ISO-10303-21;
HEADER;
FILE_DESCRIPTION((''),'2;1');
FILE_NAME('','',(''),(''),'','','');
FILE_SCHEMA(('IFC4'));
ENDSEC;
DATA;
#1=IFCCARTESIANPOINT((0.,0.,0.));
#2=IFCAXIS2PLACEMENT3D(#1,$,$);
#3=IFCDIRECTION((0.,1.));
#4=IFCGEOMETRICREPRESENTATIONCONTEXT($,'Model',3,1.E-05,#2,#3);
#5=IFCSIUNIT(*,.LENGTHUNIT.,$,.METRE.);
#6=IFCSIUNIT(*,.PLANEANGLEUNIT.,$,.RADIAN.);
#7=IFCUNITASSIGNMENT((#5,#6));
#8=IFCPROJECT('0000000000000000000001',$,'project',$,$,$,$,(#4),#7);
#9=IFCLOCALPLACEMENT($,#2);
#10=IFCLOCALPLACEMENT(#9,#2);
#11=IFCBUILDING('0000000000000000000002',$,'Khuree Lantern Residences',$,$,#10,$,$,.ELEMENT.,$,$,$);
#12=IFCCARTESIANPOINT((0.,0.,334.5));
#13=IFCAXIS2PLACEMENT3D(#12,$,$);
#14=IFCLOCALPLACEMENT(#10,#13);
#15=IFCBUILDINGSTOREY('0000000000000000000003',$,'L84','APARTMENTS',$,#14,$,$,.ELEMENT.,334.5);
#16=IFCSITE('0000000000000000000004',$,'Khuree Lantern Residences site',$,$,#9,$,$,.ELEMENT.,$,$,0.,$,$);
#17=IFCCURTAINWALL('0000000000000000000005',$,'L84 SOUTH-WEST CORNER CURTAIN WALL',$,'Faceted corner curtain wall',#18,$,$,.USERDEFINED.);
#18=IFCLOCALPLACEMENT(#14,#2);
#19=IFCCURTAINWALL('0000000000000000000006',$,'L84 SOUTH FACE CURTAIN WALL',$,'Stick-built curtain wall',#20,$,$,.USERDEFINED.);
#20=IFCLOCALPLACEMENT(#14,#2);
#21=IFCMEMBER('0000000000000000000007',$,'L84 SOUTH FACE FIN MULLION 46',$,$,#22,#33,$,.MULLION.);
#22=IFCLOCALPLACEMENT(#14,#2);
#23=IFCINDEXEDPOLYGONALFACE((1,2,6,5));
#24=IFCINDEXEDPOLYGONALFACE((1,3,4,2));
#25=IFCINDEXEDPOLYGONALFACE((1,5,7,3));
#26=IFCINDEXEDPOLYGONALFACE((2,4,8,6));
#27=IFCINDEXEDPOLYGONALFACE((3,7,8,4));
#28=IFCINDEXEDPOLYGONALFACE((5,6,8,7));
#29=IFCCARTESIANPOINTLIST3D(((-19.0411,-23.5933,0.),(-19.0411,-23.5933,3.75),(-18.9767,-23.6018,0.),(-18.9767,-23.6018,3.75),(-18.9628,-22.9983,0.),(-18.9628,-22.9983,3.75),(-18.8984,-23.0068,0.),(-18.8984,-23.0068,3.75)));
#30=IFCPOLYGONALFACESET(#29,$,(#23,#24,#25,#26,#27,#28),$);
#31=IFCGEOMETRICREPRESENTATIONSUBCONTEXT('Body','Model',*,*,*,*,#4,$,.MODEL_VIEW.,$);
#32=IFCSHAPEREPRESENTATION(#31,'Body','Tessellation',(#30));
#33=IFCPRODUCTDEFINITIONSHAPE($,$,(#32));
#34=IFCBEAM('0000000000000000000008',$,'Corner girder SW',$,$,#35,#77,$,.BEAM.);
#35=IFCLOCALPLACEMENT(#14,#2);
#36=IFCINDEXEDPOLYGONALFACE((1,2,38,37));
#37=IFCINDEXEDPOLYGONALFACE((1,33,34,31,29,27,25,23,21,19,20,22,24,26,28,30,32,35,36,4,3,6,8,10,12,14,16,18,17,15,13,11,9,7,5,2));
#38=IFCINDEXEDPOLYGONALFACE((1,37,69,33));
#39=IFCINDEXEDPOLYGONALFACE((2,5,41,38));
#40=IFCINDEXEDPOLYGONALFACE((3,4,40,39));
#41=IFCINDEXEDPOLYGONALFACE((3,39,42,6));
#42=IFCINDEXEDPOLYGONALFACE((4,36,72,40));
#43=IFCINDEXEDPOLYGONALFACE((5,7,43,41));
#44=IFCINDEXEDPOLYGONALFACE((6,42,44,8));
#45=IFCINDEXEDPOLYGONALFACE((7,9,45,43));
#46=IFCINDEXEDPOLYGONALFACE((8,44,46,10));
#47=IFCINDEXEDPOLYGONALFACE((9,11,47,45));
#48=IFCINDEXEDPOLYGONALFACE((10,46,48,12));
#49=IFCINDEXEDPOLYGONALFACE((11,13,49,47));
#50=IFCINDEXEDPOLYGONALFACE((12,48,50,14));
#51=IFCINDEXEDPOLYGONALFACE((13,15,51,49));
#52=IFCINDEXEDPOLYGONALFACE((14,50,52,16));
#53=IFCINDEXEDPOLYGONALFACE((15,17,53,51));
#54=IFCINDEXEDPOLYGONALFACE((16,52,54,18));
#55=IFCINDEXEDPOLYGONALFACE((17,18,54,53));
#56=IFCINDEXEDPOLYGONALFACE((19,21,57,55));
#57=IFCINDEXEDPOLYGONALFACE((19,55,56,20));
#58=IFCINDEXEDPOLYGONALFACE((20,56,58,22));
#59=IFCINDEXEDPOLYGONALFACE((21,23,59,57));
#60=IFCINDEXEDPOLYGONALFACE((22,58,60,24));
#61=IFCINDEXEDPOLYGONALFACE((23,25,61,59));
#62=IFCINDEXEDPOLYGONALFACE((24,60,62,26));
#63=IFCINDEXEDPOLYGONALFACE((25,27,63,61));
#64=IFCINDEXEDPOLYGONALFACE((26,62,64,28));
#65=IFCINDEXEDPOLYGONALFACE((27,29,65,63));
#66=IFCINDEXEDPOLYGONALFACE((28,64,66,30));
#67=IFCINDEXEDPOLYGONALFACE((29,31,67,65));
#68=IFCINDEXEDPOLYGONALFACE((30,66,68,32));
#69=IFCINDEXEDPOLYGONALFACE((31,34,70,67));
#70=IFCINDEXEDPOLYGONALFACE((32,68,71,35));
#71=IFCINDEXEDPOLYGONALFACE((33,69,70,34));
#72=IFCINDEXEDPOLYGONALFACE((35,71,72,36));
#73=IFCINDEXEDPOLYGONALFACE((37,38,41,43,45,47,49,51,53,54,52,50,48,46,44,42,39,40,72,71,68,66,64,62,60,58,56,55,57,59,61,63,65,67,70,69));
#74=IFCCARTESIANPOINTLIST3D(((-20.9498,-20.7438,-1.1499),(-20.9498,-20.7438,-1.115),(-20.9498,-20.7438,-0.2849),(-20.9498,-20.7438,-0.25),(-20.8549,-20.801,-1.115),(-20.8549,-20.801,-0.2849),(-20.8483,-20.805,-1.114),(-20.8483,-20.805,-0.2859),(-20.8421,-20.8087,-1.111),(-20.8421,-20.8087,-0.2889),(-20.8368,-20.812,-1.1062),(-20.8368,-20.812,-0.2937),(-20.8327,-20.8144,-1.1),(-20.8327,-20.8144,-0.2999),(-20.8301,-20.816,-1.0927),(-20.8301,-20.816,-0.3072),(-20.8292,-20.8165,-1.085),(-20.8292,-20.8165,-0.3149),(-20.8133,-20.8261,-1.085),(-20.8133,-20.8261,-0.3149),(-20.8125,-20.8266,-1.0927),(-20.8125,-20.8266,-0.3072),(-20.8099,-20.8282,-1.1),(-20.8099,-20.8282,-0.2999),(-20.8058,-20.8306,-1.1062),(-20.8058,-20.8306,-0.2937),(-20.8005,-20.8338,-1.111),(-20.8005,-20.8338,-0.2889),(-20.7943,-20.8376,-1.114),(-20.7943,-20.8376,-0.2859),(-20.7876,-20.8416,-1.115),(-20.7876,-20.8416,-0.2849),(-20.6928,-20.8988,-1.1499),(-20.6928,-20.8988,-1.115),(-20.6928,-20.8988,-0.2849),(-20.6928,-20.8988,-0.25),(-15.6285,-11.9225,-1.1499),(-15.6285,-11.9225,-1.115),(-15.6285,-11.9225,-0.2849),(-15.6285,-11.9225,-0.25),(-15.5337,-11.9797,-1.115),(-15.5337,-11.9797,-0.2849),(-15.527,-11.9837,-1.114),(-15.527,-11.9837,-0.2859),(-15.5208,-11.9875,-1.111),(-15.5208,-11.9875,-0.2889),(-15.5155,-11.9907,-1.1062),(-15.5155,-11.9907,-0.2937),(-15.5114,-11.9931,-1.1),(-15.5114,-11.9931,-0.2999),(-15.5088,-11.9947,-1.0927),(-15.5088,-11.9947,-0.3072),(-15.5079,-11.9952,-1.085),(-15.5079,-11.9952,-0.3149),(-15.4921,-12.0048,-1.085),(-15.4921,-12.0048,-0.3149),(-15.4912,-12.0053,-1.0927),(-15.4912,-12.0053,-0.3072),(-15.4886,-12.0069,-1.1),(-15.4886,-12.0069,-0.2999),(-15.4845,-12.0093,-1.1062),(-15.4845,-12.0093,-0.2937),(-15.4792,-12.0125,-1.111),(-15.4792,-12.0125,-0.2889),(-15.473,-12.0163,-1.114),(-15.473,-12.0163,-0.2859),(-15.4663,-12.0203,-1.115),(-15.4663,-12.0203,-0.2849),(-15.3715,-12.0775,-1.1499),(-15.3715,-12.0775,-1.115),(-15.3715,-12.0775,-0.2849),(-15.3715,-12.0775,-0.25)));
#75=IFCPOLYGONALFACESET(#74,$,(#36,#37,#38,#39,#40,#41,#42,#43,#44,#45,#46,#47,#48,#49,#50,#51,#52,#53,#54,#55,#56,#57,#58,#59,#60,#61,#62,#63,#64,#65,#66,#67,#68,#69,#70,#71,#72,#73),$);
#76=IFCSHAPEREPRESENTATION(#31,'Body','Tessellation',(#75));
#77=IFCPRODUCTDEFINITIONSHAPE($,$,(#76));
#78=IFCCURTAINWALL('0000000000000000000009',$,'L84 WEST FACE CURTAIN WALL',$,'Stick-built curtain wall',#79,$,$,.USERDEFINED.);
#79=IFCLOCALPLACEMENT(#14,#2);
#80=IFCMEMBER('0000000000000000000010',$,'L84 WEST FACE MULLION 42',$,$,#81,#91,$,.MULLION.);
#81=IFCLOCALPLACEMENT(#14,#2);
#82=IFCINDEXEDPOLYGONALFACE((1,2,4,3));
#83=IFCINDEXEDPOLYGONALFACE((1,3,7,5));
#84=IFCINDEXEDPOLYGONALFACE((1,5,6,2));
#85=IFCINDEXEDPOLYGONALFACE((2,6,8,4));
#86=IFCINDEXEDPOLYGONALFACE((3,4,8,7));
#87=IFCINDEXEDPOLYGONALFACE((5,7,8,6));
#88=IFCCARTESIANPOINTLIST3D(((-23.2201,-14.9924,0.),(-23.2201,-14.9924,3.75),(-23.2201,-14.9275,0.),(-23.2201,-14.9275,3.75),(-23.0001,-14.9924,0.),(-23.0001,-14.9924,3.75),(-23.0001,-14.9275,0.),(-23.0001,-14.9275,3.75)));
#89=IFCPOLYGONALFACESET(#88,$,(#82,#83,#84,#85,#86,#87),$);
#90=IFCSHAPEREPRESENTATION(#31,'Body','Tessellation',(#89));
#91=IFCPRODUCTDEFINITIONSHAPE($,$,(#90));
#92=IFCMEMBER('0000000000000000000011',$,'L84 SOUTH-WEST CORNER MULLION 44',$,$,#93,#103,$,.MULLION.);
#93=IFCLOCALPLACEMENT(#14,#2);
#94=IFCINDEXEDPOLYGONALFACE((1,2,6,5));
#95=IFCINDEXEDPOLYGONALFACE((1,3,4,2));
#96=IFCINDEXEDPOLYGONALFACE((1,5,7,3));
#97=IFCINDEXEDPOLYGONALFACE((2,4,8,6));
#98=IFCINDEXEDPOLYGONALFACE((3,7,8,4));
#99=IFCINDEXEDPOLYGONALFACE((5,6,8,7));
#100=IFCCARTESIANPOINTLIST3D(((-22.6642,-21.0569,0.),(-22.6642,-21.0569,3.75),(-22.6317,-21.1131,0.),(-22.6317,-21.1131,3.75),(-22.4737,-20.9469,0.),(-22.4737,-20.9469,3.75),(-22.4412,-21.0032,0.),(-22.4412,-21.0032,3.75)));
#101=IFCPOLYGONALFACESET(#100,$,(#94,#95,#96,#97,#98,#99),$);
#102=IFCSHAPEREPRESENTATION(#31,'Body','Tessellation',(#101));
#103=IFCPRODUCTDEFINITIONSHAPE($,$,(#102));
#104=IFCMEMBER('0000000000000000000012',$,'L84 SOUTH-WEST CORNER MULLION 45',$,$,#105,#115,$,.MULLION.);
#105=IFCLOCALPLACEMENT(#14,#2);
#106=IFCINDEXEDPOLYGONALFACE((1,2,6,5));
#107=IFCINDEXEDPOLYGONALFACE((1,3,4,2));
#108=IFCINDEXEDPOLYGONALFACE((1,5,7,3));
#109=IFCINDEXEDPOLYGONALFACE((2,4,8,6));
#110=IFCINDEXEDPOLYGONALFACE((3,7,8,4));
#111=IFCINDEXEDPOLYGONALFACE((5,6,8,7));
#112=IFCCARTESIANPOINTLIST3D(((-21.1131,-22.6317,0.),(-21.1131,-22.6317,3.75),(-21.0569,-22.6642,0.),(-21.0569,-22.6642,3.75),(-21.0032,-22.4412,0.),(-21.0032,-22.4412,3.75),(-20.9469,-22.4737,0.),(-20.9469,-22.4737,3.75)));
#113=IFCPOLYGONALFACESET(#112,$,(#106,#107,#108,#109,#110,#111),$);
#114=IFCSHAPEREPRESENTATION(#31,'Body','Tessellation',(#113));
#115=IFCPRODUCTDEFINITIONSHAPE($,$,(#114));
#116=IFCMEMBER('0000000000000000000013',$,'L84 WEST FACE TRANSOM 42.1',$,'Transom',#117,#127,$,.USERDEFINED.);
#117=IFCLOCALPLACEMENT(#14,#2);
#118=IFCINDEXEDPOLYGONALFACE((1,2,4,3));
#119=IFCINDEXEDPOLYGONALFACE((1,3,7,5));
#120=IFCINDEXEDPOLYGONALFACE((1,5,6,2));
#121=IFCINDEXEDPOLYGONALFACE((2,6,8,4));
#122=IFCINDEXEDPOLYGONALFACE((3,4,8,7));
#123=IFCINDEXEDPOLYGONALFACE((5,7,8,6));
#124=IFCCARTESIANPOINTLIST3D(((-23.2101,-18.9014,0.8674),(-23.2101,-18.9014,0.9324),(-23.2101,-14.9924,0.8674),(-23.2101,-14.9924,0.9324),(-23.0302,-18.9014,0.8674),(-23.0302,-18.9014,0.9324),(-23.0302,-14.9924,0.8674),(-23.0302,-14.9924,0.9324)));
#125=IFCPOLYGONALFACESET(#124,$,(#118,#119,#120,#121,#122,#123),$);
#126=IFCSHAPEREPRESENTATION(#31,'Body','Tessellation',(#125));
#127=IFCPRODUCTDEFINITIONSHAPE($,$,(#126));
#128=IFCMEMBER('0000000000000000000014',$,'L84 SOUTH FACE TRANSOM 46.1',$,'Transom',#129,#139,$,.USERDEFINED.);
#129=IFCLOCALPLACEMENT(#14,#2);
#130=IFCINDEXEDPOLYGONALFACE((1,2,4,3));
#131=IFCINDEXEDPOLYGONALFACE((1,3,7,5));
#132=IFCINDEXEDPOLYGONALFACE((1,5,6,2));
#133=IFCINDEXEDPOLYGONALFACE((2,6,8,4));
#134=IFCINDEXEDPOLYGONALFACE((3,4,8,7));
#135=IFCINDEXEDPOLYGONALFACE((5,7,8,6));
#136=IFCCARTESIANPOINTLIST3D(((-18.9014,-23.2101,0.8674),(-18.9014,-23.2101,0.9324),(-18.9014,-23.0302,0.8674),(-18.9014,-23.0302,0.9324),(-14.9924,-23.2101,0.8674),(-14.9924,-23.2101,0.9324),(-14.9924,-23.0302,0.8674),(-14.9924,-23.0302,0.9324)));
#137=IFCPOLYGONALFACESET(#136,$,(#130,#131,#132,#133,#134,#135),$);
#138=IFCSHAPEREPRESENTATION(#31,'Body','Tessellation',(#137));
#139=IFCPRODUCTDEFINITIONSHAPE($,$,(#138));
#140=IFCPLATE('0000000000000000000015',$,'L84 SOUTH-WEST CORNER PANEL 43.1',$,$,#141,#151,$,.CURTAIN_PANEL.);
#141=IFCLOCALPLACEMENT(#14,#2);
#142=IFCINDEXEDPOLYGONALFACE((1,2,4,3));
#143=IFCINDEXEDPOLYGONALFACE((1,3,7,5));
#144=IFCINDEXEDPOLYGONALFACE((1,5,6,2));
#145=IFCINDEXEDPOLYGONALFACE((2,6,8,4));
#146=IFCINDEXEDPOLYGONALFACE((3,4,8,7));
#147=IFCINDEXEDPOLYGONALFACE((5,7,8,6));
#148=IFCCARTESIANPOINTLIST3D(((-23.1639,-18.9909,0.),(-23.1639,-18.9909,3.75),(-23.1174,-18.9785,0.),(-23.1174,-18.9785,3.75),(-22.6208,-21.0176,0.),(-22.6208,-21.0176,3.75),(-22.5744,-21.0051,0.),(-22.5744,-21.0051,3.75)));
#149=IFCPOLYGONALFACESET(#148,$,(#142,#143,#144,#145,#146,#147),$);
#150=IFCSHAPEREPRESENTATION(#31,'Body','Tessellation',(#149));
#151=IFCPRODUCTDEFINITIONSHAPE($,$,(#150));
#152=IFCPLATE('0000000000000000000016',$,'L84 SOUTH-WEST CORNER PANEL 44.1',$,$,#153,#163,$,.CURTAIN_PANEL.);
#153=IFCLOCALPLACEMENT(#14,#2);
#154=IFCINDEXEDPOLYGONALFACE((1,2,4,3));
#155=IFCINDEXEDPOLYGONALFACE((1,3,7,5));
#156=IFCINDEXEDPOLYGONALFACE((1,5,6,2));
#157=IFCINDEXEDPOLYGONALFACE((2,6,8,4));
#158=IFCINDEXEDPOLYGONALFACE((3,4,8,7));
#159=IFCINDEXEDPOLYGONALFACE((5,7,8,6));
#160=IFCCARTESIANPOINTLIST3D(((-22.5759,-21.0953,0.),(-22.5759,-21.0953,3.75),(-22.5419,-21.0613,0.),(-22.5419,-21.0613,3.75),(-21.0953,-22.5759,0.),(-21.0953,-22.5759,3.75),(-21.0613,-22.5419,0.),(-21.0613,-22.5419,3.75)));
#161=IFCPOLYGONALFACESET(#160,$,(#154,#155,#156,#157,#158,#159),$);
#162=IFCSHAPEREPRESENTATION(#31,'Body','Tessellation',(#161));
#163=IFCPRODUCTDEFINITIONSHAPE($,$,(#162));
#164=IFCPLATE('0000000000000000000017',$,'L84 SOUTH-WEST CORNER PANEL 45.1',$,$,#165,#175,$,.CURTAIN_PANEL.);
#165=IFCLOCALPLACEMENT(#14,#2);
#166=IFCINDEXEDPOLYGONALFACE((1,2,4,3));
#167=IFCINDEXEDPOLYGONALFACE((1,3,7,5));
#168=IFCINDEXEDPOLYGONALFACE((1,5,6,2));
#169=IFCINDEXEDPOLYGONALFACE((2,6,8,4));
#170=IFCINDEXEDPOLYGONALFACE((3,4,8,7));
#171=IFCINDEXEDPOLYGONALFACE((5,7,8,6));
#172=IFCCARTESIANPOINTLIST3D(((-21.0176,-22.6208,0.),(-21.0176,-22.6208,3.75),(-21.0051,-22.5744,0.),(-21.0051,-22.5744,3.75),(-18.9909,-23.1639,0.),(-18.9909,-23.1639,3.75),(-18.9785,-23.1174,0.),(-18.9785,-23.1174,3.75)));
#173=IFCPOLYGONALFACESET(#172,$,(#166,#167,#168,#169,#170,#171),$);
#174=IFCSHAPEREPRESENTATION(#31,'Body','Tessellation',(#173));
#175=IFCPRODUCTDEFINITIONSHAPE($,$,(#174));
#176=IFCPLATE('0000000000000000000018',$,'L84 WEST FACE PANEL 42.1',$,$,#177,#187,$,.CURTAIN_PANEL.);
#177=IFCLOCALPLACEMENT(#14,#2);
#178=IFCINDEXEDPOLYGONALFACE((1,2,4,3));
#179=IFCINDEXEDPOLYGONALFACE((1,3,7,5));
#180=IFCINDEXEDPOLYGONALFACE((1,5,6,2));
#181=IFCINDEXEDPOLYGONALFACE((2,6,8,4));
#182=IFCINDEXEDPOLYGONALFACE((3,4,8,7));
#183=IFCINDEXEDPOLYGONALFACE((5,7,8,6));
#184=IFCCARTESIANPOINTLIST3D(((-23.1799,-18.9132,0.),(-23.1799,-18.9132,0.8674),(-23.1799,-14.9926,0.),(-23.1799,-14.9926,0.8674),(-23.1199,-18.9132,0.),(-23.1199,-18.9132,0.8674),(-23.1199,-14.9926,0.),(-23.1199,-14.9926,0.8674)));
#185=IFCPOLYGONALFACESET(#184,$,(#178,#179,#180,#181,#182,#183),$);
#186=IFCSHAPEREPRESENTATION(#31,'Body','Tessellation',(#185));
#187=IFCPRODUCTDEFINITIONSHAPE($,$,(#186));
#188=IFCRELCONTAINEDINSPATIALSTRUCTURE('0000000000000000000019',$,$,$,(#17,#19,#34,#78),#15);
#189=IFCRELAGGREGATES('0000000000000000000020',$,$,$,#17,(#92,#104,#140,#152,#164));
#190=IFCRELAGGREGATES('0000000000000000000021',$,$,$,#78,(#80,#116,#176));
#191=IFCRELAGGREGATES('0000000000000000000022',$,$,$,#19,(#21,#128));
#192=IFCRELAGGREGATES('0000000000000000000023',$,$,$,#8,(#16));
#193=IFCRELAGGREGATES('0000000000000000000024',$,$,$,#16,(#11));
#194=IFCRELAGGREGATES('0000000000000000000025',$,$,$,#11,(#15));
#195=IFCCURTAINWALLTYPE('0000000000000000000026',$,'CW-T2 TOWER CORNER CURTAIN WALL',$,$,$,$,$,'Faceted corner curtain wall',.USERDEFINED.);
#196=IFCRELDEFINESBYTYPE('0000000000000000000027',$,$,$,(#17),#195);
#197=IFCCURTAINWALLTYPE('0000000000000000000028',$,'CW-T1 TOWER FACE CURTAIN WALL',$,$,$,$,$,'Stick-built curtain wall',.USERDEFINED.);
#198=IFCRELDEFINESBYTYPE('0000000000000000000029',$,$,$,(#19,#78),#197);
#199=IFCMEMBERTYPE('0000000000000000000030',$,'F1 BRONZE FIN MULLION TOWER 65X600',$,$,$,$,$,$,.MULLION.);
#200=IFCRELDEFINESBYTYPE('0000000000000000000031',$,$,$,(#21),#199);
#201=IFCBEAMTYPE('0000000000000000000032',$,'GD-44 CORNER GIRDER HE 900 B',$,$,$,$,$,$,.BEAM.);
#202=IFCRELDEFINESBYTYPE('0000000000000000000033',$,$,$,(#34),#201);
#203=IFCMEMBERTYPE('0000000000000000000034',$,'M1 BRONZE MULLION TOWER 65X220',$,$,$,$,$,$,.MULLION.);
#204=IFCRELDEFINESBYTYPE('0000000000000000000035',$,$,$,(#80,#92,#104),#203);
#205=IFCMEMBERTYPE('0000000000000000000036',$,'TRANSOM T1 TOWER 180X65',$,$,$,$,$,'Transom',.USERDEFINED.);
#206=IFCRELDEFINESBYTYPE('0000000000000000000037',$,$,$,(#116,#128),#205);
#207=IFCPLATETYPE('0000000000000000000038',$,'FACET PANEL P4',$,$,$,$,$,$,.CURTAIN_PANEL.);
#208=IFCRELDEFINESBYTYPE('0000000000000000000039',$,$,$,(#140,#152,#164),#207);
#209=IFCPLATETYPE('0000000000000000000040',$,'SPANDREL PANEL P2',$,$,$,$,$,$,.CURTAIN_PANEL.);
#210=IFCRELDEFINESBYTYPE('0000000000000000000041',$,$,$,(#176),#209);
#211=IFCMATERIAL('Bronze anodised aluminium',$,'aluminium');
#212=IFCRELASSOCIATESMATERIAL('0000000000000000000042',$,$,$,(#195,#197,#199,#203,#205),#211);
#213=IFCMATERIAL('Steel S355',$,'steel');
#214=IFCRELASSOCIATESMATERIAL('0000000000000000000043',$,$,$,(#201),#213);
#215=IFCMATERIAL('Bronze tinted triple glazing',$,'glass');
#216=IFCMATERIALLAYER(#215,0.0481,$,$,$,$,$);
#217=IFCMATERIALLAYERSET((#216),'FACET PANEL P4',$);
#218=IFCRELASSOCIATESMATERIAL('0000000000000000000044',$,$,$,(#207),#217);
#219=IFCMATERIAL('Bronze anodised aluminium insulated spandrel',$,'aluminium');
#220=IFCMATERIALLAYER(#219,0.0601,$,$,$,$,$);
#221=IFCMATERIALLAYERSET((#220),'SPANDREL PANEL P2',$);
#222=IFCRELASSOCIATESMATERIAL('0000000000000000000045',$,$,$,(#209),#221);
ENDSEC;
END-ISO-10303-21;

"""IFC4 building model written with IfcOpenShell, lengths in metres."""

from ifc_helpers import new_model, si_unit, direction, frame, origin, origin_2d, place, context, subcontext, project, spatial, rectangle, i_section, extrude, material, layer, layer_set, material_profile, profile_set, type_object, element, aggregate, save


model = new_model("IFC4")

# Units and contexts
model_context = context("Model", 3, precision=1e-05, world=origin(), true_north=direction((0.0, 1.0)))
body_context = subcontext(model_context, "Body", "Model", "MODEL_VIEW")
ifc_project = project(units=[si_unit("LENGTHUNIT", "METRE"), si_unit("PLANEANGLEUNIT", "RADIAN")], contexts=[model_context])

# Site, building, storey
site_placement = place(None, origin())
site = spatial("IfcSite", under=ifc_project, at=site_placement, Name="Khuree Lantern Residences site", CompositionType="ELEMENT", RefElevation=0.0)
building_placement = place(site_placement, origin())
building = spatial("IfcBuilding", under=site, at=building_placement, Name="Khuree Lantern Residences", CompositionType="ELEMENT")
storey_placement = place(building_placement, frame((0.0, 0.0, 334.5)))
storey = spatial("IfcBuildingStorey", under=building, at=storey_placement, Name="L84", Description="APARTMENTS", CompositionType="ELEMENT", Elevation=334.5)

# Shared definitions
ifc_material_1 = material(Name="Steel S355", Category="steel")

# Curtain walls, member
ifc_material_2 = material(Name="Bronze anodised aluminium", Category="aluminium")
curtain_wall_type_1 = type_object("IfcCurtainWallType", Name="CW-T2 TOWER CORNER CURTAIN WALL", ElementType="Faceted corner curtain wall", PredefinedType="USERDEFINED", material=ifc_material_2)
curtain_wall_1_placement = place(storey_placement, origin())
curtain_wall_1 = element("IfcCurtainWall", 1, at=curtain_wall_1_placement, inside=storey, type_object=curtain_wall_type_1, Name="L84 SOUTH-WEST CORNER CURTAIN WALL", ObjectType="Faceted corner curtain wall", PredefinedType="USERDEFINED")
ifc_material_profile_1 = material_profile(ifc_material_2, rectangle(XDim=0.0649, YDim=0.6001, at=origin_2d()), Name="F1 65X600")
ifc_profile_set_1 = profile_set([ifc_material_profile_1], Name="Bronze anodised aluminium")
member_type_1 = type_object("IfcMemberType", Name="F1 BRONZE FIN MULLION TOWER 65X600", PredefinedType="MULLION", material=ifc_profile_set_1)
curtain_wall_type_2 = type_object("IfcCurtainWallType", Name="CW-T1 TOWER FACE CURTAIN WALL", ElementType="Stick-built curtain wall", PredefinedType="USERDEFINED", material=ifc_material_2)
curtain_wall_2_placement = place(storey_placement, origin())
curtain_wall_2 = element("IfcCurtainWall", 2, at=curtain_wall_2_placement, inside=storey, type_object=curtain_wall_type_2, Name="L84 SOUTH FACE CURTAIN WALL", ObjectType="Stick-built curtain wall", PredefinedType="USERDEFINED")
member_1_placement = place(storey_placement, frame((-18.9697, -23.3, 0.0), z_axis=(0.0, 0.0, 1.0), x_axis=(0.991445, -0.130526, 0.0)))
member_1 = element("IfcMember", 3, at=member_1_placement, type_object=member_type_1, Name="L84 SOUTH FACE FIN MULLION 46", PredefinedType="MULLION", context=body_context, shape_type="SweptSolid", body=[
    extrude(rectangle(XDim=0.0649, YDim=0.6001, at=origin_2d()), origin(), (0.0, 0.0, 1.0), 3.75),
])

# Beam
ifc_material_profile_2 = material_profile(ifc_material_1, i_section(OverallWidth=0.3, OverallDepth=0.8999, WebThickness=0.0186, FlangeThickness=0.0349, FilletRadius=0.03, at=origin_2d()), Name="HE 900 B")
ifc_profile_set_2 = profile_set([ifc_material_profile_2], Name="Steel S355")
beam_type_1 = type_object("IfcBeamType", Name="GD-44 CORNER GIRDER HE 900 B", PredefinedType="BEAM", material=ifc_profile_set_2)
beam_1_placement = place(storey_placement, frame((-20.8213, -20.8213, -0.7), z_axis=(0.51653, 0.856269, 0.0), x_axis=(-0.856269, 0.51653, 0.0)))
element("IfcBeam", 4, at=beam_1_placement, inside=storey, type_object=beam_type_1, Name="Corner girder SW", PredefinedType="BEAM", context=body_context, shape_type="SweptSolid", body=[
    extrude(i_section(OverallWidth=0.3, OverallDepth=0.8999, WebThickness=0.0186, FlangeThickness=0.0349, FilletRadius=0.03, at=origin_2d()), origin(), (0.0, 0.0, 1.0), 10.302),
])

# Curtain wall, member
curtain_wall_3_placement = place(storey_placement, origin())
curtain_wall_3 = element("IfcCurtainWall", 5, at=curtain_wall_3_placement, inside=storey, type_object=curtain_wall_type_2, Name="L84 WEST FACE CURTAIN WALL", ObjectType="Stick-built curtain wall", PredefinedType="USERDEFINED")
ifc_material_profile_3 = material_profile(ifc_material_2, rectangle(XDim=0.0649, YDim=0.22, at=origin_2d()), Name="M1 65X220")
ifc_profile_set_3 = profile_set([ifc_material_profile_3], Name="Bronze anodised aluminium")
member_type_2 = type_object("IfcMemberType", Name="M1 BRONZE MULLION TOWER 65X220", PredefinedType="MULLION", material=ifc_profile_set_3)
member_2_placement = place(storey_placement, frame((-23.1101, -14.96, 0.0), z_axis=(0.0, 0.0, 1.0), x_axis=(0.0, -1.0, 0.0)))
member_2 = element("IfcMember", 6, at=member_2_placement, type_object=member_type_2, Name="L84 WEST FACE MULLION 42", PredefinedType="MULLION", context=body_context, shape_type="SweptSolid", body=[
    extrude(rectangle(XDim=0.0649, YDim=0.22, at=origin_2d()), origin(), (0.0, 0.0, 1.0), 3.75),
])

# Members
member_3_placement = place(storey_placement, frame((-22.5527, -21.03, 0.0), z_axis=(0.0, 0.0, 1.0), x_axis=(0.5, -0.866025, 0.0)))
member_3 = element("IfcMember", 7, at=member_3_placement, type_object=member_type_2, Name="L84 SOUTH-WEST CORNER MULLION 44", PredefinedType="MULLION", context=body_context, shape_type="SweptSolid", body=[
    extrude(rectangle(XDim=0.0649, YDim=0.22, at=origin_2d()), origin(), (0.0, 0.0, 1.0), 3.75),
])
member_4_placement = place(storey_placement, frame((-21.03, -22.5527, 0.0), z_axis=(0.0, 0.0, 1.0), x_axis=(0.866025, -0.5, 0.0)))
member_4 = element("IfcMember", 8, at=member_4_placement, type_object=member_type_2, Name="L84 SOUTH-WEST CORNER MULLION 45", PredefinedType="MULLION", context=body_context, shape_type="SweptSolid", body=[
    extrude(rectangle(XDim=0.0649, YDim=0.22, at=origin_2d()), origin(), (0.0, 0.0, 1.0), 3.75),
])
ifc_material_profile_4 = material_profile(ifc_material_2, rectangle(XDim=0.1799, YDim=0.0649, at=origin_2d()), Name="T1 180X65")
ifc_profile_set_4 = profile_set([ifc_material_profile_4], Name="Bronze anodised aluminium")
member_type_3 = type_object("IfcMemberType", Name="TRANSOM T1 TOWER 180X65", ElementType="Transom", PredefinedType="USERDEFINED", material=ifc_profile_set_4)
member_5_placement = place(storey_placement, frame((-23.1201, -14.9924, 0.8999), z_axis=(0.0, -1.0, 0.0), x_axis=(1.0, 0.0, 0.0)))
member_5 = element("IfcMember", 9, at=member_5_placement, type_object=member_type_3, Name="L84 WEST FACE TRANSOM 42.1", ObjectType="Transom", PredefinedType="USERDEFINED", context=body_context, shape_type="SweptSolid", body=[
    extrude(rectangle(XDim=0.1799, YDim=0.0649, at=origin_2d()), origin(), (0.0, 0.0, 1.0), 3.9089),
])
member_6_placement = place(storey_placement, frame((-18.9014, -23.1201, 0.8999), z_axis=(1.0, 0.0, 0.0), x_axis=(0.0, 1.0, 0.0)))
member_6 = element("IfcMember", 10, at=member_6_placement, type_object=member_type_3, Name="L84 SOUTH FACE TRANSOM 46.1", ObjectType="Transom", PredefinedType="USERDEFINED", context=body_context, shape_type="SweptSolid", body=[
    extrude(rectangle(XDim=0.1799, YDim=0.0649, at=origin_2d()), origin(), (0.0, 0.0, 1.0), 3.9089),
])

# Plates
ifc_material_3 = material(Name="Bronze tinted triple glazing", Category="glass")
ifc_layer_1 = layer(ifc_material_3, 0.0481)
ifc_layer_set_1 = layer_set([ifc_layer_1], Name="FACET PANEL P4")
plate_type_1 = type_object("IfcPlateType", Name="FACET PANEL P4", PredefinedType="CURTAIN_PANEL", material=ifc_layer_set_1)
plate_1_placement = place(storey_placement, frame((-22.8691, -19.998, 0.0), z_axis=(0.0, 0.0, 1.0), x_axis=(0.258819, -0.965926, 0.0)))
plate_1 = element("IfcPlate", 11, at=plate_1_placement, type_object=plate_type_1, Name="L84 SOUTH-WEST CORNER PANEL 43.1", PredefinedType="CURTAIN_PANEL", context=body_context, shape_type="SweptSolid", body=[
    extrude(rectangle(XDim=2.0981, YDim=0.0481, at=origin_2d()), origin(), (0.0, 0.0, 1.0), 3.75),
])
plate_2_placement = place(storey_placement, frame((-21.8186, -21.8186, 0.0), z_axis=(0.0, 0.0, 1.0), x_axis=(0.707107, -0.707107, 0.0)))
plate_2 = element("IfcPlate", 12, at=plate_2_placement, type_object=plate_type_1, Name="L84 SOUTH-WEST CORNER PANEL 44.1", PredefinedType="CURTAIN_PANEL", context=body_context, shape_type="SweptSolid", body=[
    extrude(rectangle(XDim=2.094, YDim=0.0481, at=origin_2d()), origin(), (0.0, 0.0, 1.0), 3.75),
])
plate_3_placement = place(storey_placement, frame((-19.998, -22.8691, 0.0), z_axis=(0.0, 0.0, 1.0), x_axis=(0.965926, -0.258819, 0.0)))
plate_3 = element("IfcPlate", 13, at=plate_3_placement, type_object=plate_type_1, Name="L84 SOUTH-WEST CORNER PANEL 45.1", PredefinedType="CURTAIN_PANEL", context=body_context, shape_type="SweptSolid", body=[
    extrude(rectangle(XDim=2.0981, YDim=0.0481, at=origin_2d()), origin(), (0.0, 0.0, 1.0), 3.75),
])
aggregate(curtain_wall_1, [member_3, member_4, plate_1, plate_2, plate_3])
ifc_material_4 = material(Name="Bronze anodised aluminium insulated spandrel", Category="aluminium")
ifc_layer_2 = layer(ifc_material_4, 0.0601)
ifc_layer_set_2 = layer_set([ifc_layer_2], Name="SPANDREL PANEL P2")
plate_type_2 = type_object("IfcPlateType", Name="SPANDREL PANEL P2", PredefinedType="CURTAIN_PANEL", material=ifc_layer_set_2)
plate_4_placement = place(storey_placement, frame((-23.1499, -16.9529, 0.0), z_axis=(0.0, 0.0, 1.0), x_axis=(0.0, -1.0, 0.0)))
plate_4 = element("IfcPlate", 14, at=plate_4_placement, type_object=plate_type_2, Name="L84 WEST FACE PANEL 42.1", PredefinedType="CURTAIN_PANEL", context=body_context, shape_type="SweptSolid", body=[
    extrude(rectangle(XDim=3.9207, YDim=0.0601, at=origin_2d()), origin(), (0.0, 0.0, 1.0), 0.8674),
])
aggregate(curtain_wall_3, [member_2, member_5, plate_4])
aggregate(curtain_wall_2, [member_1, member_6])

save(model, "model.ifc")
